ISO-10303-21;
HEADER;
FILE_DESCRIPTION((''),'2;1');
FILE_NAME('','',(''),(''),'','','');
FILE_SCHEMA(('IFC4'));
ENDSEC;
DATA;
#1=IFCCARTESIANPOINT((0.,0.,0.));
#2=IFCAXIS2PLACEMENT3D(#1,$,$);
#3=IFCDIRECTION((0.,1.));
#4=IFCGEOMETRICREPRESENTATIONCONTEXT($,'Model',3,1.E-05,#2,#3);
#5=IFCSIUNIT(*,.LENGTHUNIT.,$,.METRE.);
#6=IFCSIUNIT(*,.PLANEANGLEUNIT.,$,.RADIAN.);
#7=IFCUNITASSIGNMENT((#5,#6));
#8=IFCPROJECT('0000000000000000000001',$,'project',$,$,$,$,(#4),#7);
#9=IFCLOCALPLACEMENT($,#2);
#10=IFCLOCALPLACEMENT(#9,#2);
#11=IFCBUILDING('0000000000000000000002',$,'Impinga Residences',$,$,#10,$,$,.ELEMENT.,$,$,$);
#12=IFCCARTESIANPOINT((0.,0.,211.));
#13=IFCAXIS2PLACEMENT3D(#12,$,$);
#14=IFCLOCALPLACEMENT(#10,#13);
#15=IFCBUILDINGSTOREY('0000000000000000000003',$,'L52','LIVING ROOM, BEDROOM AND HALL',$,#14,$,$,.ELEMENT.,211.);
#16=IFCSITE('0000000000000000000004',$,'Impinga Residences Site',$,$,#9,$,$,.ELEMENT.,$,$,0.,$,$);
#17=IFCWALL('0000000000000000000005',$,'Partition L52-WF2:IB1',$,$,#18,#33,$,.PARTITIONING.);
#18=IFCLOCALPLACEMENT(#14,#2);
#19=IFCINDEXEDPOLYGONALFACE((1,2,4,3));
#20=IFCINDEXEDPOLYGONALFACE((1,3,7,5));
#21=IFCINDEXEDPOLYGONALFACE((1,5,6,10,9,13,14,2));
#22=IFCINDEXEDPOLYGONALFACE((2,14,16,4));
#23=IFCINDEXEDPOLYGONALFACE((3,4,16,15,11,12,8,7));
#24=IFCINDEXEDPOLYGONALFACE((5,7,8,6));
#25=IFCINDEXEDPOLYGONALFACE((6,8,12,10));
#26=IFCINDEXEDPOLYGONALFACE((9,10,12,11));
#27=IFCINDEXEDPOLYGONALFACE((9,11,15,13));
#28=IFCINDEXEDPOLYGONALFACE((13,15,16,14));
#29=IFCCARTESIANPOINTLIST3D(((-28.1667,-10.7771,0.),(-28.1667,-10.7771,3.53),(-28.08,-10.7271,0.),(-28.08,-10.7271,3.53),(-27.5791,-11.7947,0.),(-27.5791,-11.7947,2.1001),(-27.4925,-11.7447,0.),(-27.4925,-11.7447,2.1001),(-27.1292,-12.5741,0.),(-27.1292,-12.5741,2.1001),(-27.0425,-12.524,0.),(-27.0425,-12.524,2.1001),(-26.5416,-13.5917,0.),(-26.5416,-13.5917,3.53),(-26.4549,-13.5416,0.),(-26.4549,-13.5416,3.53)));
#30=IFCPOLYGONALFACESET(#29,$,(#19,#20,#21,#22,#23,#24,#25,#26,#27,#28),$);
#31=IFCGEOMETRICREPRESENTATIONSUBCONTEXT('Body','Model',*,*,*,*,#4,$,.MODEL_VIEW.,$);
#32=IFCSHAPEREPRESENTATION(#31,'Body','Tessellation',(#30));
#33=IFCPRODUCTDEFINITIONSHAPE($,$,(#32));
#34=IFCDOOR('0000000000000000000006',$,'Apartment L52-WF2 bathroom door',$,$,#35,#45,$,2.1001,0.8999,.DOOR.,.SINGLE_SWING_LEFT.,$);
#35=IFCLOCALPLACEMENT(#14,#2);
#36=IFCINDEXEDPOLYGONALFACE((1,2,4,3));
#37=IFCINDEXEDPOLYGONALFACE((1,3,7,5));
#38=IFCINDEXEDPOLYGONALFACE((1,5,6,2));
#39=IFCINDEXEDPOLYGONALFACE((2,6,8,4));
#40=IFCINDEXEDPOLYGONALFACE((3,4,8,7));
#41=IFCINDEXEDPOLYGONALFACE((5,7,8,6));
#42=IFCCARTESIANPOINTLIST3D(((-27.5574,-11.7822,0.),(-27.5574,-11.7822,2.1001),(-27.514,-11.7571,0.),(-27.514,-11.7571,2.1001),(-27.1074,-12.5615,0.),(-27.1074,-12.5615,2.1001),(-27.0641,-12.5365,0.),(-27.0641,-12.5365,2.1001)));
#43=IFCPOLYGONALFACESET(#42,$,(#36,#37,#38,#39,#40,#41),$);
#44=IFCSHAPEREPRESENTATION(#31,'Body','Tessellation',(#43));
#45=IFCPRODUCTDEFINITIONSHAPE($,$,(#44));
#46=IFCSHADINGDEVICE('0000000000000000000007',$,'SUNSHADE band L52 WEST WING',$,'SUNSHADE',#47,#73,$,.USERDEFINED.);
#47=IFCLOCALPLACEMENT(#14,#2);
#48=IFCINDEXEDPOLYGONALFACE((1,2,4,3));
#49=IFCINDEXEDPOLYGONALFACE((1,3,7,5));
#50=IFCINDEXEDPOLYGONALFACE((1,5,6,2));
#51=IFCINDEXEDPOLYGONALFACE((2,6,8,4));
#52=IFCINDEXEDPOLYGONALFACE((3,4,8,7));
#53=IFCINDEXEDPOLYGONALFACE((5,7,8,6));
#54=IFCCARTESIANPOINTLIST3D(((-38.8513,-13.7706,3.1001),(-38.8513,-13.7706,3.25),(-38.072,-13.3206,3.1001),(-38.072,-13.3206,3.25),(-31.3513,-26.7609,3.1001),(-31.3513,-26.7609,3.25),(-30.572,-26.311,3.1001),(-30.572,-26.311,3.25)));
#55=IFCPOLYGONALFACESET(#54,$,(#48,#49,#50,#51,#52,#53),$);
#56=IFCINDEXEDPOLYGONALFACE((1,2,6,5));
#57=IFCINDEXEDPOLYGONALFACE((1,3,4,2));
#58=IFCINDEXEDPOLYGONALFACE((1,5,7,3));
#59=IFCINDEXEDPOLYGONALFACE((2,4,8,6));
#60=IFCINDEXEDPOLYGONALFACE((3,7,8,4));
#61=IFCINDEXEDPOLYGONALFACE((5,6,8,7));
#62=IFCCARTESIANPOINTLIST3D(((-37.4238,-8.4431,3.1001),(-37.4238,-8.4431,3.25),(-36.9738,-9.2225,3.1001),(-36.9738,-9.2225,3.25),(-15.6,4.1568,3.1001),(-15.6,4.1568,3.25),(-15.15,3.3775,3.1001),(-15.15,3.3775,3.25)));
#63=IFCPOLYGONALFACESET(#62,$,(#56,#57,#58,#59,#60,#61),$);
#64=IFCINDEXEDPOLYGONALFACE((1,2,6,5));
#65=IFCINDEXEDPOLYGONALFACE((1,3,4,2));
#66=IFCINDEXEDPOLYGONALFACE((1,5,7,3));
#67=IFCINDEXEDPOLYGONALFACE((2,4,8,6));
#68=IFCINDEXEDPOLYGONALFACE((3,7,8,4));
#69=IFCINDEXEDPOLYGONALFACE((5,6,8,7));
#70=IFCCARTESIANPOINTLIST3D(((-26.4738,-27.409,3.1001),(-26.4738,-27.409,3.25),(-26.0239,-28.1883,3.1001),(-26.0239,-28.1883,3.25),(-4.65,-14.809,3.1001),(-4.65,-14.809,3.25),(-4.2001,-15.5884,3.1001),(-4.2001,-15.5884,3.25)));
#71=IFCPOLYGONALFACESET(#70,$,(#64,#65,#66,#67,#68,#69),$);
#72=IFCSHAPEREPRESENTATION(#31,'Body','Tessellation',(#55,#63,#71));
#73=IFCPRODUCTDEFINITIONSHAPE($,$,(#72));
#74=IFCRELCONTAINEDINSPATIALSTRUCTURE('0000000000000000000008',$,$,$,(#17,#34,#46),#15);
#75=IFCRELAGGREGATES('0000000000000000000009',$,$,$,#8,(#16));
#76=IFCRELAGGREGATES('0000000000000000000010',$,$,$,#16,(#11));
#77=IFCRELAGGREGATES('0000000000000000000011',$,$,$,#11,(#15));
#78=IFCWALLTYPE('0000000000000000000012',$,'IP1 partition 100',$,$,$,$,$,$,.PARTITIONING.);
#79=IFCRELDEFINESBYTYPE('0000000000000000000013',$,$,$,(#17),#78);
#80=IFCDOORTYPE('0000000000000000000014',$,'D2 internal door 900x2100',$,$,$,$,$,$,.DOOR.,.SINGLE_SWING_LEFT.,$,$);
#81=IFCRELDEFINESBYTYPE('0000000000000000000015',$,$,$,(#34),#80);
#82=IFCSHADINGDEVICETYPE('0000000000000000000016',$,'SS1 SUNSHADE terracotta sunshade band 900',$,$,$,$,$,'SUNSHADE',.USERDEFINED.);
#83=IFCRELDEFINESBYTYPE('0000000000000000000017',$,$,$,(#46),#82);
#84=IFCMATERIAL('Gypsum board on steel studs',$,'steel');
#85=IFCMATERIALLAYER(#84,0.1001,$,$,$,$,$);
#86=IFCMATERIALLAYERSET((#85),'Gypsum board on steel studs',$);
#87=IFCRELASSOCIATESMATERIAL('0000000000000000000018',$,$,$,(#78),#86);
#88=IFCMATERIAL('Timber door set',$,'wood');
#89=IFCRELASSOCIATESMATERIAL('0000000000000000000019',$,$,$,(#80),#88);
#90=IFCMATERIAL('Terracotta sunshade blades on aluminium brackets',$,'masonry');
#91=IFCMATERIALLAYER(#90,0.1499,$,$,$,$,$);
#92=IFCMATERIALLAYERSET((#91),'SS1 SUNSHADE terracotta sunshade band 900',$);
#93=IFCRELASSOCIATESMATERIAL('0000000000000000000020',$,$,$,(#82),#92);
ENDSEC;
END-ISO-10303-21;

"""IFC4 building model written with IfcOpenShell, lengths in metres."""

from ifc_helpers import new_model, si_unit, direction, frame, frame_2d, origin, origin_2d, place, context, subcontext, project, spatial, rectangle, extrude, material, layer, layer_set, type_object, element, fill, save


model = new_model("IFC4")

# Units and contexts
model_context = context("Model", 3, precision=1e-05, world=origin(), true_north=direction((0.0, 1.0)))
body_context = subcontext(model_context, "Body", "Model", "MODEL_VIEW")
ifc_project = project(units=[si_unit("LENGTHUNIT", "METRE"), si_unit("PLANEANGLEUNIT", "RADIAN")], contexts=[model_context])

# Site, building, storey
site_placement = place(None, origin())
site = spatial("IfcSite", under=ifc_project, at=site_placement, Name="Impinga Residences Site", CompositionType="ELEMENT", RefElevation=0.0)
building_placement = place(site_placement, origin())
building = spatial("IfcBuilding", under=site, at=building_placement, Name="Impinga Residences", CompositionType="ELEMENT")
storey_placement = place(building_placement, frame((0.0, 0.0, 211.0)))
storey = spatial("IfcBuildingStorey", under=building, at=storey_placement, Name="L52", Description="LIVING ROOM, BEDROOM AND HALL", CompositionType="ELEMENT", Elevation=211.0)

# Shared definitions
ifc_material_1 = material(Name="Timber door set", Category="wood")

# Shared definitions
ifc_material_2 = material(Name="Gypsum board on steel studs", Category="steel")
ifc_layer_1 = layer(ifc_material_2, 0.1001)
ifc_layer_set_1 = layer_set([ifc_layer_1], Name="Gypsum board on steel studs")
wall_type_1 = type_object("IfcWallType", Name="IP1 partition 100", PredefinedType="PARTITIONING", material=ifc_layer_set_1)

# Wall, opening, door
wall_1_placement = place(storey_placement, frame((-26.4983, -13.5667, 0.0), z_axis=(0.0, 0.0, 1.0), x_axis=(-0.500017, 0.866015, 0.0)))
wall_1 = element("IfcWall", 1, at=wall_1_placement, inside=storey, type_object=wall_type_1, Name="Partition L52-WF2:IB1", PredefinedType="PARTITIONING", context=body_context, shape_type="SweptSolid", body=[
    extrude(rectangle(XDim=3.25, YDim=0.1001, at=frame_2d((1.625, 0.0))), origin(), (0.0, 0.0, 1.0), 3.53),
])
opening_1_placement = place(wall_1_placement, frame((1.175, 0.0, 0.0)))
opening_1 = element("IfcOpeningElement", 2, at=opening_1_placement, cuts=wall_1, PredefinedType="OPENING", context=body_context, shape_type="SweptSolid", body=[
    extrude(rectangle(XDim=0.8999, YDim=2.1001, at=frame_2d((0.45, 1.05))), frame((0.0, 0.0601, 0.0), z_axis=(0.0, -1.0, 0.0), x_axis=(1.0, 0.0, 0.0)), (0.0, 0.0, 1.0), 0.1201),
])
door_type_1 = type_object("IfcDoorType", Name="D2 internal door 900x2100", OperationType="SINGLE_SWING_LEFT", PredefinedType="DOOR", material=ifc_material_1)
door_1_placement = place(opening_1_placement, origin())
door_1 = element("IfcDoor", 3, at=door_1_placement, inside=storey, type_object=door_type_1, Name="Apartment L52-WF2 bathroom door", OperationType="SINGLE_SWING_LEFT", OverallHeight=2.1001, OverallWidth=0.8999, PredefinedType="DOOR", context=body_context, shape_type="SweptSolid", body=[
    extrude(rectangle(XDim=0.8999, YDim=2.1001, at=frame_2d((0.45, 1.05))), frame((0.0, 0.0249, 0.0), z_axis=(0.0, -1.0, 0.0), x_axis=(1.0, 0.0, 0.0)), (0.0, 0.0, 1.0), 0.05),
])
fill(opening_1, door_1)

# Shading device
ifc_material_3 = material(Name="Terracotta sunshade blades on aluminium brackets", Category="masonry")
ifc_layer_2 = layer(ifc_material_3, 0.1499)
ifc_layer_set_2 = layer_set([ifc_layer_2], Name="SS1 SUNSHADE terracotta sunshade band 900")
shading_device_type = type_object("IfcShadingDeviceType", Name="SS1 SUNSHADE terracotta sunshade band 900", ElementType="SUNSHADE", PredefinedType="USERDEFINED", material=ifc_layer_set_2)
shading_device_placement = place(storey_placement, frame((-34.7117, -20.0408, 3.1001), z_axis=(0.0, 0.0, 1.0), x_axis=(-0.5, 0.866025, 0.0)))
element("IfcShadingDevice", 4, at=shading_device_placement, inside=storey, type_object=shading_device_type, Name="SUNSHADE band L52 WEST WING", ObjectType="SUNSHADE", PredefinedType="USERDEFINED", context=body_context, shape_type="SweptSolid", body=[
    extrude(rectangle(XDim=15.0, YDim=0.8999, at=origin_2d()), origin(), (0.0, 0.0, 1.0), 0.1499),
    extrude(rectangle(XDim=25.2, YDim=0.8999, at=origin_2d()), frame((10.95, -16.05, 0.0), z_axis=(0.0, 0.0, 1.0), x_axis=(0.0, -1.0, 0.0)), (0.0, 0.0, 1.0), 0.1499),
    extrude(rectangle(XDim=25.2, YDim=0.8999, at=origin_2d()), frame((-10.95, -16.05, 0.0), z_axis=(0.0, 0.0, 1.0), x_axis=(0.0, 1.0, 0.0)), (0.0, 0.0, 1.0), 0.1499),
])

save(model, "model.ifc")
